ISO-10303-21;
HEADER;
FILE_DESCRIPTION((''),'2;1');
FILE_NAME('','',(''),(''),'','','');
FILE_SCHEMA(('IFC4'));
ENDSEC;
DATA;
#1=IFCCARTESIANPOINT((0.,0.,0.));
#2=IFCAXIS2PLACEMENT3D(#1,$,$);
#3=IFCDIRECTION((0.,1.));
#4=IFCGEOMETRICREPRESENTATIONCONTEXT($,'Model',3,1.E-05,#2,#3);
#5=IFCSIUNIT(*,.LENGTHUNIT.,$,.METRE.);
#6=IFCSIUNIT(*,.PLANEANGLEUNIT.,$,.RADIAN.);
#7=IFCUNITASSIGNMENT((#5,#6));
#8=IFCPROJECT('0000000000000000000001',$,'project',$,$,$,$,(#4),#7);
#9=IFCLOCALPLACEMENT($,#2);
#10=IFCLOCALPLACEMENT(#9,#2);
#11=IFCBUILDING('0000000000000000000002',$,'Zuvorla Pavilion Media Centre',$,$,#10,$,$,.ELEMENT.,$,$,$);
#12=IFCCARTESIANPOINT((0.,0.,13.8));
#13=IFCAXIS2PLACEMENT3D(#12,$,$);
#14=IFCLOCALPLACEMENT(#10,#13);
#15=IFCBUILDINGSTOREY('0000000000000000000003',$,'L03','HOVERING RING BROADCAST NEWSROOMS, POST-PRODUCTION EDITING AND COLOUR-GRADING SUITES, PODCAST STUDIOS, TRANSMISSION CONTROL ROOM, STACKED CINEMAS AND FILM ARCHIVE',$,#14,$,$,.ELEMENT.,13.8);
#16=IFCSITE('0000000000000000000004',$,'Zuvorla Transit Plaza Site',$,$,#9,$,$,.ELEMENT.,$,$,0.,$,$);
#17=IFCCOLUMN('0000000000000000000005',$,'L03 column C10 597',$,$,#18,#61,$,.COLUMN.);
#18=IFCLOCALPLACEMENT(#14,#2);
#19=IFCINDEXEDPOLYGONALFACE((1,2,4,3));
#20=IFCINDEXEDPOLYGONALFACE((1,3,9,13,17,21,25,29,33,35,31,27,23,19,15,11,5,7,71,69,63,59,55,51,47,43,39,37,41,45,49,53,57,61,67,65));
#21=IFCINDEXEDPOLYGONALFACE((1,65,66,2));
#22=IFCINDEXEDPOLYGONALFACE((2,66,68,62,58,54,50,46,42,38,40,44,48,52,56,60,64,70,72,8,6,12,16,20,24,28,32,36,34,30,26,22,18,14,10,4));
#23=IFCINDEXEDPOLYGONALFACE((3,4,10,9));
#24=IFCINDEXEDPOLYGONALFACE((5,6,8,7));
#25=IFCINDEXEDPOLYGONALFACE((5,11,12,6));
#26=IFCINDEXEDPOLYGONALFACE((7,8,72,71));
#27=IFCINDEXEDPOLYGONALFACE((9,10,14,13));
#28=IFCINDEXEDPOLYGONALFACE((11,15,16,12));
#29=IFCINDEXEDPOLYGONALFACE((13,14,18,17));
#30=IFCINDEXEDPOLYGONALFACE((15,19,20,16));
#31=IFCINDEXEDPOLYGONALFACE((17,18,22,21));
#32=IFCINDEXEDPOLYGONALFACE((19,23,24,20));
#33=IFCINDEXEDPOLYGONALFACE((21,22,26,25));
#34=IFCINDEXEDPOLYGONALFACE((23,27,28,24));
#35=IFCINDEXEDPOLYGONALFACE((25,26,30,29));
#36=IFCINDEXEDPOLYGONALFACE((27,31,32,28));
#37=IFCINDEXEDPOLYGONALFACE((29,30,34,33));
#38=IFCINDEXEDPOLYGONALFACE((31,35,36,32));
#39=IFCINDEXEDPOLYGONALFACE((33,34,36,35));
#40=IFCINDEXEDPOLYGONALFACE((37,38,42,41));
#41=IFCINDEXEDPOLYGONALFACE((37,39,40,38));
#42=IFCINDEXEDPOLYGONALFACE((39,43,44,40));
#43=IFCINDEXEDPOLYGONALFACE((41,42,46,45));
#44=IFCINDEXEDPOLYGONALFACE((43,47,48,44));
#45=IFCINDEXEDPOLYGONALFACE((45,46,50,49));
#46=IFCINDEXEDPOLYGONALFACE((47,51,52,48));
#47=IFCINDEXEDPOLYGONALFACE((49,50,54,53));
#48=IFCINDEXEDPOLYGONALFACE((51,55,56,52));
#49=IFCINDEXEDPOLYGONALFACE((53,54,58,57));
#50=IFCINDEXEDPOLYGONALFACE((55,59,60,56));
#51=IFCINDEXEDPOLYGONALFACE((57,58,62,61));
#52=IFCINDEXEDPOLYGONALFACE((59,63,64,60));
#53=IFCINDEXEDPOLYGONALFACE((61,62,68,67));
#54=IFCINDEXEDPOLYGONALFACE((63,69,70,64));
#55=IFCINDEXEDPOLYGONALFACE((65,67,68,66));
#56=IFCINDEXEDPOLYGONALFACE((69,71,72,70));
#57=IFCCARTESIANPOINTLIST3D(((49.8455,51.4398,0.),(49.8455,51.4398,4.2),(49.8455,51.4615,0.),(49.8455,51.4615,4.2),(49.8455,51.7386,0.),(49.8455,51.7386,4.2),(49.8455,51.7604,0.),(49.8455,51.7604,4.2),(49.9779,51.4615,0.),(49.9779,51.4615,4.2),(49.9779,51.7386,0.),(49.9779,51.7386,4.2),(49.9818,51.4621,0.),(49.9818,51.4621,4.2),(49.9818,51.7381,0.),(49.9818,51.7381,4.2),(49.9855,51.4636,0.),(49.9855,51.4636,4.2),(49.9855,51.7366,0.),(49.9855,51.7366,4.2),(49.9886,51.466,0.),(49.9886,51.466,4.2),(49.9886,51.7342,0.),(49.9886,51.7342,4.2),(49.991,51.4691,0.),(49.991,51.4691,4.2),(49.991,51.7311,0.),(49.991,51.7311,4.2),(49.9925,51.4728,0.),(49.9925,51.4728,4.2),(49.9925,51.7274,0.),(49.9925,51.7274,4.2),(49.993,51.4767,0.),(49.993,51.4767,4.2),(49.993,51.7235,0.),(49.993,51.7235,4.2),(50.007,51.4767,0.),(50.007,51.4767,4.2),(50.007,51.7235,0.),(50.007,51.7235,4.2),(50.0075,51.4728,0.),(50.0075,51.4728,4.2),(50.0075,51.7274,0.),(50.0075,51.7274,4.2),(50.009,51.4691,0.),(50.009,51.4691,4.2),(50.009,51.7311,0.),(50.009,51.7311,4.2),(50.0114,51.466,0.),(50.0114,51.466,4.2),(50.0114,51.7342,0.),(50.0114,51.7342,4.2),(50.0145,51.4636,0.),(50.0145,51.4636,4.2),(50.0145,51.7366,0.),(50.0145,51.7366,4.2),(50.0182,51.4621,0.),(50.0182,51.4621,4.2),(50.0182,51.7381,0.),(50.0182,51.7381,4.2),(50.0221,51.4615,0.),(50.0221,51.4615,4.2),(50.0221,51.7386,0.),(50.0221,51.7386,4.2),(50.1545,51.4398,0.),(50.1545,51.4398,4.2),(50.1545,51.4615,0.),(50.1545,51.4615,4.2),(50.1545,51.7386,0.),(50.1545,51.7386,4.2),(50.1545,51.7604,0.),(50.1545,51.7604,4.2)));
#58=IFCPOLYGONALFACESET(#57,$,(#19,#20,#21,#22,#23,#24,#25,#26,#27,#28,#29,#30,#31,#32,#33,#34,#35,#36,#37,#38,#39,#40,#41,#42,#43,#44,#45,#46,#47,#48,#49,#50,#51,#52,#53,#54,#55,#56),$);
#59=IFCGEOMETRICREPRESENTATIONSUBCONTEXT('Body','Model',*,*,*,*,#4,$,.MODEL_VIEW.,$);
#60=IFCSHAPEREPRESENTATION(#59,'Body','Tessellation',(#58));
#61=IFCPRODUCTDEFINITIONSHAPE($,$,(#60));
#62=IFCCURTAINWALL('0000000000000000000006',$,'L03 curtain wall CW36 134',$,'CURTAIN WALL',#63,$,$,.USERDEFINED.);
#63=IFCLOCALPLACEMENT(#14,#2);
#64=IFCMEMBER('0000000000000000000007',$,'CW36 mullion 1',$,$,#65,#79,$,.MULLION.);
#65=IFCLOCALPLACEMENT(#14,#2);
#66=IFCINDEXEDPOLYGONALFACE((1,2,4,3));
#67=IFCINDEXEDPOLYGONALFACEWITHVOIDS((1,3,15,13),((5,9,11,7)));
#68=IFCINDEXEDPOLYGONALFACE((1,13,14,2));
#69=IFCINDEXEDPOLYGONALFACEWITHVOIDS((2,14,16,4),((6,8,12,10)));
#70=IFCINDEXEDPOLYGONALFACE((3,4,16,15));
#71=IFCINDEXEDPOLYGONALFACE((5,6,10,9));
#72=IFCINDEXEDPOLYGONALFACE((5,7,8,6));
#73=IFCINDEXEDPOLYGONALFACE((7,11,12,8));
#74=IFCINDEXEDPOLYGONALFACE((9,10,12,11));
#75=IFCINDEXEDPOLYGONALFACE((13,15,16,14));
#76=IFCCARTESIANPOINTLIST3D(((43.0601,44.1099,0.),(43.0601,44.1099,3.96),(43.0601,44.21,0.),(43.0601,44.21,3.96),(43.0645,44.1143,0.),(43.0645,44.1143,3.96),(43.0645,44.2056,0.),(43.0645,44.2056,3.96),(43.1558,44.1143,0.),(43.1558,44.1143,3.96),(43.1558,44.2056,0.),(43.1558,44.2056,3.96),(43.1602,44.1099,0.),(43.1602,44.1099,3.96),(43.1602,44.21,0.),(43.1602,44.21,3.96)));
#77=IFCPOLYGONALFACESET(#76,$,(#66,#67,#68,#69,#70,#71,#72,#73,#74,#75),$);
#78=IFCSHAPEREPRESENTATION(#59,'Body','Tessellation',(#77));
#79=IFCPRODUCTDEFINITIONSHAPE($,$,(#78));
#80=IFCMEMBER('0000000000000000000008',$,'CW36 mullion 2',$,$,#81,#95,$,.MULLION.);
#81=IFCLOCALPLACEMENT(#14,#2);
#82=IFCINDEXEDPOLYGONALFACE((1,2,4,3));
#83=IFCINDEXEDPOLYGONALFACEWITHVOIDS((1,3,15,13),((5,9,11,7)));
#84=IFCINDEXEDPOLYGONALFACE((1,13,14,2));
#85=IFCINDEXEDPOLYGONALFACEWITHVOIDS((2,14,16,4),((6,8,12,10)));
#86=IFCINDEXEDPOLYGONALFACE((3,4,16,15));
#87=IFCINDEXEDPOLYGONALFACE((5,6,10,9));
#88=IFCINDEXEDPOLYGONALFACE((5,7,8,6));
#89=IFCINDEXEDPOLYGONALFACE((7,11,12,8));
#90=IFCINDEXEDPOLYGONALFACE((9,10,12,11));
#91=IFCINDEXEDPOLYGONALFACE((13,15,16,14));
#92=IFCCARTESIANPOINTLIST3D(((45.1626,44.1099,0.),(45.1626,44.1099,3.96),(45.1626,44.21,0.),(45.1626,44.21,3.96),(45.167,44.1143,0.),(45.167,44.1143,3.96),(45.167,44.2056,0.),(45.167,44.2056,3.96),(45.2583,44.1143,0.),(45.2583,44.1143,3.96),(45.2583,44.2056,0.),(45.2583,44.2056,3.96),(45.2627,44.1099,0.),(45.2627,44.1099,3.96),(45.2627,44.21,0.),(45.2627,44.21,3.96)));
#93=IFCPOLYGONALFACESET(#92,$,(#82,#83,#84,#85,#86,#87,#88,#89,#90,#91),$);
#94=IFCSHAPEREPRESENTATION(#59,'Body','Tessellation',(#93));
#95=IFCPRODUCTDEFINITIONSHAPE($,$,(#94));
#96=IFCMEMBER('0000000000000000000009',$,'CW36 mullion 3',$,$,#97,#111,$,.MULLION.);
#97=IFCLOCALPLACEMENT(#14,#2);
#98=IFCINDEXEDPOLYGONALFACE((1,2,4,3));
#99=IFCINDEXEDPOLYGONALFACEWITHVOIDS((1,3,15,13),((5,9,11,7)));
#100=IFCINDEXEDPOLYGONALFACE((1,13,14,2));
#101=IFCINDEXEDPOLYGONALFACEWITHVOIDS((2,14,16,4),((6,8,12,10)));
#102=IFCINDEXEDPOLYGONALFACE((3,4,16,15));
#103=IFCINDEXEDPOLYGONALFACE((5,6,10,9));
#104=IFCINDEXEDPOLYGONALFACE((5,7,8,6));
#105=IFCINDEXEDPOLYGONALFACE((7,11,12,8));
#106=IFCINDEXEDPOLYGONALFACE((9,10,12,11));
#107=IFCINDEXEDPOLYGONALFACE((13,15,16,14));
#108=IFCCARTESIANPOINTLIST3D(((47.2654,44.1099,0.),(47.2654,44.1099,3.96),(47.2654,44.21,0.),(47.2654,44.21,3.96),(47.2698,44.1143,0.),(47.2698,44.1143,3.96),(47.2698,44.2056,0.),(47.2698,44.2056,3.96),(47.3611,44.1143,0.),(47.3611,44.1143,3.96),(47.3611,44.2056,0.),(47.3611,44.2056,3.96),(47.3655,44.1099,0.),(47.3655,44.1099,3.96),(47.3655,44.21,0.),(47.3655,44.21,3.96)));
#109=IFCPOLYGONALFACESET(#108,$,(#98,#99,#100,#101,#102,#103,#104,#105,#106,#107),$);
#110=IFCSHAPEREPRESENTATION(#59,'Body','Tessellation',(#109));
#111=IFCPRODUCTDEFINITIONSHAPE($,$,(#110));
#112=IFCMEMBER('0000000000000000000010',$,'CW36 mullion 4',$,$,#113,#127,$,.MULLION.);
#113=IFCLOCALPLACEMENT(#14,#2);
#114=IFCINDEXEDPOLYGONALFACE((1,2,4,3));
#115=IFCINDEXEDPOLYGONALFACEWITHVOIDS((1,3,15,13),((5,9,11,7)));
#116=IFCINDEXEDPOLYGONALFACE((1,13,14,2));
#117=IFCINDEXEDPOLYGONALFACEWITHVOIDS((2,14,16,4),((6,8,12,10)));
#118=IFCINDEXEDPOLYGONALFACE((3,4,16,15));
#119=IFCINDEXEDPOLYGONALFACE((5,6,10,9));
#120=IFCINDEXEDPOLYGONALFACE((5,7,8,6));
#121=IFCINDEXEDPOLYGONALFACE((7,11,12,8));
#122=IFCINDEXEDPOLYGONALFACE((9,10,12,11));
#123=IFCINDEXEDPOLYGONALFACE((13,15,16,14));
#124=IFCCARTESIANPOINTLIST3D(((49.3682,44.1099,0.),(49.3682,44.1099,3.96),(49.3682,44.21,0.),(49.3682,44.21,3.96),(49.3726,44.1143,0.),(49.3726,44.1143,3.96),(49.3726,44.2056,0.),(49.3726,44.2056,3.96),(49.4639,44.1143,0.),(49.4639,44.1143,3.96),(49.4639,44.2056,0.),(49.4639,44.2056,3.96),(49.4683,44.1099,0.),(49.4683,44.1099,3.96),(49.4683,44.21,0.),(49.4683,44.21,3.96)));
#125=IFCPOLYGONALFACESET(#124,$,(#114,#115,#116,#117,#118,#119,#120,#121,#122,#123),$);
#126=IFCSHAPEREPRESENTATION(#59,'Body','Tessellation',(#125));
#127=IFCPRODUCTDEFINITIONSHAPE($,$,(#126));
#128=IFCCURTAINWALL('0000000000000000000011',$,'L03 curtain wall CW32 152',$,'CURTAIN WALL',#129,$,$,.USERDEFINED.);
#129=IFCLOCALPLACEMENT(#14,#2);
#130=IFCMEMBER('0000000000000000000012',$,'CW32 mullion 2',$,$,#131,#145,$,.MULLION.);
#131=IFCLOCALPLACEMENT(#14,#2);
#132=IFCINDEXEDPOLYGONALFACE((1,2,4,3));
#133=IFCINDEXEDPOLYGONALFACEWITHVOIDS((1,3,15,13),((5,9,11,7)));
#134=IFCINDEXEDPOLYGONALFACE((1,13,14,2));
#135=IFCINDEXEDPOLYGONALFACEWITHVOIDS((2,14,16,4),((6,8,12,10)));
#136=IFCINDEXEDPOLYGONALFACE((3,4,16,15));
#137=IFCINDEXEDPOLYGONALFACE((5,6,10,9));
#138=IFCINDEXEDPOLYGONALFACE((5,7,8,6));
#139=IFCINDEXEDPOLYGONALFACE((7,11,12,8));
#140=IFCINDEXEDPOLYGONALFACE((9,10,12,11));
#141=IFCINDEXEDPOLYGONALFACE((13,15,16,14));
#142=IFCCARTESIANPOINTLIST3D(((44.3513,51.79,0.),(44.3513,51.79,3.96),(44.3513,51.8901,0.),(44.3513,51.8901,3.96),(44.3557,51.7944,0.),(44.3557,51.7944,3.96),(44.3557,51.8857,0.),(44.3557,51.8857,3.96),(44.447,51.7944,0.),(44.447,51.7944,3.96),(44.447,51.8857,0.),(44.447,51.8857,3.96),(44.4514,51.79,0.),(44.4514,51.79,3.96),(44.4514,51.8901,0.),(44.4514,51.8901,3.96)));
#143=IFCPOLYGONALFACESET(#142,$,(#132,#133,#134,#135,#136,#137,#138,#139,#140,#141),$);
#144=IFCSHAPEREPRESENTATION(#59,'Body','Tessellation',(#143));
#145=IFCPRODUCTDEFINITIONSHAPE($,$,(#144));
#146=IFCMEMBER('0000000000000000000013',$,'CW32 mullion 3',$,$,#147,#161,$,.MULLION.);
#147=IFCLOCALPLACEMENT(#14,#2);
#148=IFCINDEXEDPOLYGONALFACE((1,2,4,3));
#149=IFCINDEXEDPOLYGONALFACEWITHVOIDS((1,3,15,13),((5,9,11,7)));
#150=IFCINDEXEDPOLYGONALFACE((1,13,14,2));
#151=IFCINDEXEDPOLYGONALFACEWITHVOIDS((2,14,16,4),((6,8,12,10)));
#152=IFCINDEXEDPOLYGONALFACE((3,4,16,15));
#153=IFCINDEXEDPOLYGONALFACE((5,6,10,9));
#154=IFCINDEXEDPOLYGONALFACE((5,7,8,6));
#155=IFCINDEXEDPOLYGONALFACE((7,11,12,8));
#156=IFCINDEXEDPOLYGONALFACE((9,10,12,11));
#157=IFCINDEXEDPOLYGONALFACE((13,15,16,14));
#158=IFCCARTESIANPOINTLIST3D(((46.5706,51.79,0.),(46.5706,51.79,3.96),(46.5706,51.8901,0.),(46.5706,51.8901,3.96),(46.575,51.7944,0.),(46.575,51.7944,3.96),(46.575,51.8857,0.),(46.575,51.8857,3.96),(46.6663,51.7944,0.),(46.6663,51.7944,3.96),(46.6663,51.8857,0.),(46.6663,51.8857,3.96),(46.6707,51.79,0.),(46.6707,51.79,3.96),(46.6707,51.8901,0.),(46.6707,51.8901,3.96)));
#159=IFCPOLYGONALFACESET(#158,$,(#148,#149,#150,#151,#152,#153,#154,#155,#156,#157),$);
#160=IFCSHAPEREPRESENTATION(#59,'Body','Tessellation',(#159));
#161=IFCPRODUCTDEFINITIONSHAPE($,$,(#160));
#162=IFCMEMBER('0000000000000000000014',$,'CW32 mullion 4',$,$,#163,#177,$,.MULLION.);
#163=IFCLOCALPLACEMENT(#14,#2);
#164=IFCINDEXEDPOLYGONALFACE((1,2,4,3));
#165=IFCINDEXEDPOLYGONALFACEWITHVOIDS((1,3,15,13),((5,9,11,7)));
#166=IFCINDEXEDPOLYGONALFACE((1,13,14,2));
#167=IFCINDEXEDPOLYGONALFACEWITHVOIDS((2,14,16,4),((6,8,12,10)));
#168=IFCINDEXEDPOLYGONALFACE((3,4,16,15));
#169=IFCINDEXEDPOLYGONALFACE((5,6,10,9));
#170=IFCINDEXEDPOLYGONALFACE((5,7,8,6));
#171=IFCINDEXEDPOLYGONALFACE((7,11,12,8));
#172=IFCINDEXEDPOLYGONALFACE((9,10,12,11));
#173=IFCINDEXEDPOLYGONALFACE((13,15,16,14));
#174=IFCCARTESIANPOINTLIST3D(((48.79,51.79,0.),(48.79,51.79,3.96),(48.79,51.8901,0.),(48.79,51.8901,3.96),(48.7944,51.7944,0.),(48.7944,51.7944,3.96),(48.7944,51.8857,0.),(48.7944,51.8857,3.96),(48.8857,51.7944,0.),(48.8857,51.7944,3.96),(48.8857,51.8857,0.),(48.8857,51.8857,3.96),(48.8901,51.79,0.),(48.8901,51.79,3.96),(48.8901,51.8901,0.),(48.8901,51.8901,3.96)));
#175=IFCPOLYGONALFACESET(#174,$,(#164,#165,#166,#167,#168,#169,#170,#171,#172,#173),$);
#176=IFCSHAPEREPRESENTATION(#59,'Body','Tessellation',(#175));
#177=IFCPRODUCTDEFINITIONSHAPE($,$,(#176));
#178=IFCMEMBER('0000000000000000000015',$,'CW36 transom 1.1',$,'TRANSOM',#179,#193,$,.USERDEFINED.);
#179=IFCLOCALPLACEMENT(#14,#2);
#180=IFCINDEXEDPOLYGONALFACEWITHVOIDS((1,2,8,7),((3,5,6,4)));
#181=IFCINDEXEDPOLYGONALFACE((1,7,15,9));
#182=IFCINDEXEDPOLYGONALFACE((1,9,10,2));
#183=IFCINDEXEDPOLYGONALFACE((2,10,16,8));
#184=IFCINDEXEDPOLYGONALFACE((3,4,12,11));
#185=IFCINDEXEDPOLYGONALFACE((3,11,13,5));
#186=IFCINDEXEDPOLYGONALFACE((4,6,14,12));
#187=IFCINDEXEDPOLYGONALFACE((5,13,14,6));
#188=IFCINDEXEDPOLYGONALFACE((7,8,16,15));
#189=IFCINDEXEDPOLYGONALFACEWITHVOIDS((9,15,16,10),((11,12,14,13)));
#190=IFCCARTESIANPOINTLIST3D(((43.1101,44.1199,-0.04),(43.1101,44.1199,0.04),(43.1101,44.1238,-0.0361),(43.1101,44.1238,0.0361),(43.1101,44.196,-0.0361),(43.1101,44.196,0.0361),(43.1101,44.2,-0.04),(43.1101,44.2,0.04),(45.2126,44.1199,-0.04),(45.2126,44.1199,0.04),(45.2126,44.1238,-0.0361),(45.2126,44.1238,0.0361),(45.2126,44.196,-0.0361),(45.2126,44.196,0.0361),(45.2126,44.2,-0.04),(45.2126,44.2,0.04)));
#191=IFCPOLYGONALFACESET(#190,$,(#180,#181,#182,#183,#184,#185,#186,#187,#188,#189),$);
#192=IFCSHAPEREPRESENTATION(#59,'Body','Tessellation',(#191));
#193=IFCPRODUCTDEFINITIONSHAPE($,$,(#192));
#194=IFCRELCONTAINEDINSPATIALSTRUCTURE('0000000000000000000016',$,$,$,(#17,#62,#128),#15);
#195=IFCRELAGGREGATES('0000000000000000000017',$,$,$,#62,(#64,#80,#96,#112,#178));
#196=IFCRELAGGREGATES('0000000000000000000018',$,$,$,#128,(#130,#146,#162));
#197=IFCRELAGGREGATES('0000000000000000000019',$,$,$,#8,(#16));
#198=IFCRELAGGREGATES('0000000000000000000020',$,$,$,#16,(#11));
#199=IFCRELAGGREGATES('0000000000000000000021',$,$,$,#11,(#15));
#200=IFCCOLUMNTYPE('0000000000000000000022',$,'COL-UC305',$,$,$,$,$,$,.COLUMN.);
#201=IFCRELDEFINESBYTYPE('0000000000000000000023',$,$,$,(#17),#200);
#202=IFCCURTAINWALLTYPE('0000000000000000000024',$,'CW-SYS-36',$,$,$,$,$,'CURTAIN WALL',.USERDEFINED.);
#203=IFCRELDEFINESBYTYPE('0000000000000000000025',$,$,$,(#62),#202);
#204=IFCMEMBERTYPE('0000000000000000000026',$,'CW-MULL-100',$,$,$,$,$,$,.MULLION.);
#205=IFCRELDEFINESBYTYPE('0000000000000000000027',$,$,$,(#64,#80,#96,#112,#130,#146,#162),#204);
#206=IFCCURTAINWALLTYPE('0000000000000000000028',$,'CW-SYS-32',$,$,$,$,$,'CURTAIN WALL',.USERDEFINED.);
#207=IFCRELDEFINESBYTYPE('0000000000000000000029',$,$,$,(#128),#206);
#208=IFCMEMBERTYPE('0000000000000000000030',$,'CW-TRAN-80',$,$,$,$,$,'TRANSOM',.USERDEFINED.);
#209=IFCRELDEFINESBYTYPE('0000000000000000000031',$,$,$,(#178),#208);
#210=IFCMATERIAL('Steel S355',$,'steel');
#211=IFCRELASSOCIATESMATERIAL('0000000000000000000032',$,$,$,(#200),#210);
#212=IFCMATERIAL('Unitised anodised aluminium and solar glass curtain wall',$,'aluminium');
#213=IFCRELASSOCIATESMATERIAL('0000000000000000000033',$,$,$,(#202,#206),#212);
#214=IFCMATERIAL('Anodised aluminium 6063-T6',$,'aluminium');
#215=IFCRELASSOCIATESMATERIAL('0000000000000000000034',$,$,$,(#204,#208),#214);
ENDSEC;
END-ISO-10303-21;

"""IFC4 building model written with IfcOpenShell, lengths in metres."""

from ifc_helpers import new_model, si_unit, direction, frame, origin, origin_2d, place, context, subcontext, project, spatial, hollow_rectangle, i_section, extrude, material, material_profile, profile_set, type_object, element, aggregate, save


model = new_model("IFC4")

# Units and contexts
model_context = context("Model", 3, precision=1e-05, world=origin(), true_north=direction((0.0, 1.0)))
body_context = subcontext(model_context, "Body", "Model", "MODEL_VIEW")
ifc_project = project(units=[si_unit("LENGTHUNIT", "METRE"), si_unit("PLANEANGLEUNIT", "RADIAN")], contexts=[model_context])

# Site, building, storey
site_placement = place(None, origin())
site = spatial("IfcSite", under=ifc_project, at=site_placement, Name="Zuvorla Transit Plaza Site", CompositionType="ELEMENT", RefElevation=0.0)
building_placement = place(site_placement, origin())
building = spatial("IfcBuilding", under=site, at=building_placement, Name="Zuvorla Pavilion Media Centre", CompositionType="ELEMENT")
storey_placement = place(building_placement, frame((0.0, 0.0, 13.8)))
storey = spatial("IfcBuildingStorey", under=building, at=storey_placement, Name="L03", Description="HOVERING RING BROADCAST NEWSROOMS, POST-PRODUCTION EDITING AND COLOUR-GRADING SUITES, PODCAST STUDIOS, TRANSMISSION CONTROL ROOM, STACKED CINEMAS AND FILM ARCHIVE", CompositionType="ELEMENT", Elevation=13.8)

# Column
ifc_material_1 = material(Name="Steel S355", Category="steel")
ifc_material_profile_1 = material_profile(ifc_material_1, i_section(OverallWidth=0.3091, OverallDepth=0.3206, WebThickness=0.0139, FlangeThickness=0.0217, FilletRadius=0.0151, at=origin_2d()), Name="UC 305x305x137")
ifc_profile_set_1 = profile_set([ifc_material_profile_1], Name="Steel S355")
column_type = type_object("IfcColumnType", Name="COL-UC305", PredefinedType="COLUMN", material=ifc_profile_set_1)
column_placement = place(storey_placement, frame((50.0, 51.6001, 0.0), z_axis=(0.0, 0.0, 1.0), x_axis=(1.0, 0.0, 0.0)))
element("IfcColumn", 1, at=column_placement, inside=storey, type_object=column_type, Name="L03 column C10 597", PredefinedType="COLUMN", context=body_context, shape_type="SweptSolid", body=[
    extrude(i_section(OverallWidth=0.3091, OverallDepth=0.3206, WebThickness=0.0139, FlangeThickness=0.0217, FilletRadius=0.0151, at=origin_2d()), origin(), (0.0, 0.0, 1.0), 4.2),
])

# Curtain walls, members
ifc_material_2 = material(Name="Unitised anodised aluminium and solar glass curtain wall", Category="aluminium")
curtain_wall_type_1 = type_object("IfcCurtainWallType", Name="CW-SYS-36", ElementType="CURTAIN WALL", PredefinedType="USERDEFINED", material=ifc_material_2)
curtain_wall_1_placement = place(storey_placement, origin())
curtain_wall_1 = element("IfcCurtainWall", 2, at=curtain_wall_1_placement, inside=storey, type_object=curtain_wall_type_1, Name="L03 curtain wall CW36 134", ObjectType="CURTAIN WALL", PredefinedType="USERDEFINED")
ifc_material_3 = material(Name="Anodised aluminium 6063-T6", Category="aluminium")
ifc_material_profile_2 = material_profile(ifc_material_3, hollow_rectangle(XDim=0.1001, YDim=0.1001, WallThickness=0.0044, at=origin_2d()), Name="ALU MULL 100x100")
ifc_profile_set_2 = profile_set([ifc_material_profile_2], Name="Anodised aluminium 6063-T6")
member_type_1 = type_object("IfcMemberType", Name="CW-MULL-100", PredefinedType="MULLION", material=ifc_profile_set_2)
member_1_placement = place(storey_placement, frame((43.1101, 44.1599, 0.0), z_axis=(0.0, 0.0, 1.0), x_axis=(1.0, 0.0, 0.0)))
member_1 = element("IfcMember", 3, at=member_1_placement, type_object=member_type_1, Name="CW36 mullion 1", PredefinedType="MULLION", context=body_context, shape_type="SweptSolid", body=[
    extrude(hollow_rectangle(XDim=0.1001, YDim=0.1001, WallThickness=0.0044, at=origin_2d()), origin(), (0.0, 0.0, 1.0), 3.96),
])
member_2_placement = place(storey_placement, frame((45.2126, 44.1599, 0.0), z_axis=(0.0, 0.0, 1.0), x_axis=(1.0, 0.0, 0.0)))
member_2 = element("IfcMember", 4, at=member_2_placement, type_object=member_type_1, Name="CW36 mullion 2", PredefinedType="MULLION", context=body_context, shape_type="SweptSolid", body=[
    extrude(hollow_rectangle(XDim=0.1001, YDim=0.1001, WallThickness=0.0044, at=origin_2d()), origin(), (0.0, 0.0, 1.0), 3.96),
])
member_3_placement = place(storey_placement, frame((47.3154, 44.1599, 0.0), z_axis=(0.0, 0.0, 1.0), x_axis=(1.0, 0.0, 0.0)))
member_3 = element("IfcMember", 5, at=member_3_placement, type_object=member_type_1, Name="CW36 mullion 3", PredefinedType="MULLION", context=body_context, shape_type="SweptSolid", body=[
    extrude(hollow_rectangle(XDim=0.1001, YDim=0.1001, WallThickness=0.0044, at=origin_2d()), origin(), (0.0, 0.0, 1.0), 3.96),
])
member_4_placement = place(storey_placement, frame((49.4182, 44.1599, 0.0), z_axis=(0.0, 0.0, 1.0), x_axis=(1.0, 0.0, 0.0)))
member_4 = element("IfcMember", 6, at=member_4_placement, type_object=member_type_1, Name="CW36 mullion 4", PredefinedType="MULLION", context=body_context, shape_type="SweptSolid", body=[
    extrude(hollow_rectangle(XDim=0.1001, YDim=0.1001, WallThickness=0.0044, at=origin_2d()), origin(), (0.0, 0.0, 1.0), 3.96),
])
curtain_wall_type_2 = type_object("IfcCurtainWallType", Name="CW-SYS-32", ElementType="CURTAIN WALL", PredefinedType="USERDEFINED", material=ifc_material_2)
curtain_wall_2_placement = place(storey_placement, origin())
curtain_wall_2 = element("IfcCurtainWall", 7, at=curtain_wall_2_placement, inside=storey, type_object=curtain_wall_type_2, Name="L03 curtain wall CW32 152", ObjectType="CURTAIN WALL", PredefinedType="USERDEFINED")
member_5_placement = place(storey_placement, frame((44.4014, 51.8401, 0.0), z_axis=(0.0, 0.0, 1.0), x_axis=(1.0, 0.0, 0.0)))
member_5 = element("IfcMember", 8, at=member_5_placement, type_object=member_type_1, Name="CW32 mullion 2", PredefinedType="MULLION", context=body_context, shape_type="SweptSolid", body=[
    extrude(hollow_rectangle(XDim=0.1001, YDim=0.1001, WallThickness=0.0044, at=origin_2d()), origin(), (0.0, 0.0, 1.0), 3.96),
])
member_6_placement = place(storey_placement, frame((46.6206, 51.8401, 0.0), z_axis=(0.0, 0.0, 1.0), x_axis=(1.0, 0.0, 0.0)))
member_6 = element("IfcMember", 9, at=member_6_placement, type_object=member_type_1, Name="CW32 mullion 3", PredefinedType="MULLION", context=body_context, shape_type="SweptSolid", body=[
    extrude(hollow_rectangle(XDim=0.1001, YDim=0.1001, WallThickness=0.0044, at=origin_2d()), origin(), (0.0, 0.0, 1.0), 3.96),
])
member_7_placement = place(storey_placement, frame((48.8401, 51.8401, 0.0), z_axis=(0.0, 0.0, 1.0), x_axis=(1.0, 0.0, 0.0)))
member_7 = element("IfcMember", 10, at=member_7_placement, type_object=member_type_1, Name="CW32 mullion 4", PredefinedType="MULLION", context=body_context, shape_type="SweptSolid", body=[
    extrude(hollow_rectangle(XDim=0.1001, YDim=0.1001, WallThickness=0.0044, at=origin_2d()), origin(), (0.0, 0.0, 1.0), 3.96),
])

# Member
ifc_material_profile_3 = material_profile(ifc_material_3, hollow_rectangle(XDim=0.0801, YDim=0.0801, WallThickness=0.0039, at=origin_2d()), Name="ALU TRAN 80x80")
ifc_profile_set_3 = profile_set([ifc_material_profile_3], Name="Anodised aluminium 6063-T6")
member_type_2 = type_object("IfcMemberType", Name="CW-TRAN-80", ElementType="TRANSOM", PredefinedType="USERDEFINED", material=ifc_profile_set_3)
member_8_placement = place(storey_placement, frame((43.1101, 44.1599, 0.0), z_axis=(1.0, 0.0, 0.0), x_axis=(0.0, 1.0, 0.0)))
member_8 = element("IfcMember", 11, at=member_8_placement, type_object=member_type_2, Name="CW36 transom 1.1", ObjectType="TRANSOM", PredefinedType="USERDEFINED", context=body_context, shape_type="SweptSolid", body=[
    extrude(hollow_rectangle(XDim=0.0801, YDim=0.0801, WallThickness=0.0039, at=origin_2d()), origin(), (0.0, 0.0, 1.0), 2.1025),
])

aggregate(curtain_wall_1, [member_1, member_2, member_3, member_4, member_8])
aggregate(curtain_wall_2, [member_5, member_6, member_7])

save(model, "model.ifc")
